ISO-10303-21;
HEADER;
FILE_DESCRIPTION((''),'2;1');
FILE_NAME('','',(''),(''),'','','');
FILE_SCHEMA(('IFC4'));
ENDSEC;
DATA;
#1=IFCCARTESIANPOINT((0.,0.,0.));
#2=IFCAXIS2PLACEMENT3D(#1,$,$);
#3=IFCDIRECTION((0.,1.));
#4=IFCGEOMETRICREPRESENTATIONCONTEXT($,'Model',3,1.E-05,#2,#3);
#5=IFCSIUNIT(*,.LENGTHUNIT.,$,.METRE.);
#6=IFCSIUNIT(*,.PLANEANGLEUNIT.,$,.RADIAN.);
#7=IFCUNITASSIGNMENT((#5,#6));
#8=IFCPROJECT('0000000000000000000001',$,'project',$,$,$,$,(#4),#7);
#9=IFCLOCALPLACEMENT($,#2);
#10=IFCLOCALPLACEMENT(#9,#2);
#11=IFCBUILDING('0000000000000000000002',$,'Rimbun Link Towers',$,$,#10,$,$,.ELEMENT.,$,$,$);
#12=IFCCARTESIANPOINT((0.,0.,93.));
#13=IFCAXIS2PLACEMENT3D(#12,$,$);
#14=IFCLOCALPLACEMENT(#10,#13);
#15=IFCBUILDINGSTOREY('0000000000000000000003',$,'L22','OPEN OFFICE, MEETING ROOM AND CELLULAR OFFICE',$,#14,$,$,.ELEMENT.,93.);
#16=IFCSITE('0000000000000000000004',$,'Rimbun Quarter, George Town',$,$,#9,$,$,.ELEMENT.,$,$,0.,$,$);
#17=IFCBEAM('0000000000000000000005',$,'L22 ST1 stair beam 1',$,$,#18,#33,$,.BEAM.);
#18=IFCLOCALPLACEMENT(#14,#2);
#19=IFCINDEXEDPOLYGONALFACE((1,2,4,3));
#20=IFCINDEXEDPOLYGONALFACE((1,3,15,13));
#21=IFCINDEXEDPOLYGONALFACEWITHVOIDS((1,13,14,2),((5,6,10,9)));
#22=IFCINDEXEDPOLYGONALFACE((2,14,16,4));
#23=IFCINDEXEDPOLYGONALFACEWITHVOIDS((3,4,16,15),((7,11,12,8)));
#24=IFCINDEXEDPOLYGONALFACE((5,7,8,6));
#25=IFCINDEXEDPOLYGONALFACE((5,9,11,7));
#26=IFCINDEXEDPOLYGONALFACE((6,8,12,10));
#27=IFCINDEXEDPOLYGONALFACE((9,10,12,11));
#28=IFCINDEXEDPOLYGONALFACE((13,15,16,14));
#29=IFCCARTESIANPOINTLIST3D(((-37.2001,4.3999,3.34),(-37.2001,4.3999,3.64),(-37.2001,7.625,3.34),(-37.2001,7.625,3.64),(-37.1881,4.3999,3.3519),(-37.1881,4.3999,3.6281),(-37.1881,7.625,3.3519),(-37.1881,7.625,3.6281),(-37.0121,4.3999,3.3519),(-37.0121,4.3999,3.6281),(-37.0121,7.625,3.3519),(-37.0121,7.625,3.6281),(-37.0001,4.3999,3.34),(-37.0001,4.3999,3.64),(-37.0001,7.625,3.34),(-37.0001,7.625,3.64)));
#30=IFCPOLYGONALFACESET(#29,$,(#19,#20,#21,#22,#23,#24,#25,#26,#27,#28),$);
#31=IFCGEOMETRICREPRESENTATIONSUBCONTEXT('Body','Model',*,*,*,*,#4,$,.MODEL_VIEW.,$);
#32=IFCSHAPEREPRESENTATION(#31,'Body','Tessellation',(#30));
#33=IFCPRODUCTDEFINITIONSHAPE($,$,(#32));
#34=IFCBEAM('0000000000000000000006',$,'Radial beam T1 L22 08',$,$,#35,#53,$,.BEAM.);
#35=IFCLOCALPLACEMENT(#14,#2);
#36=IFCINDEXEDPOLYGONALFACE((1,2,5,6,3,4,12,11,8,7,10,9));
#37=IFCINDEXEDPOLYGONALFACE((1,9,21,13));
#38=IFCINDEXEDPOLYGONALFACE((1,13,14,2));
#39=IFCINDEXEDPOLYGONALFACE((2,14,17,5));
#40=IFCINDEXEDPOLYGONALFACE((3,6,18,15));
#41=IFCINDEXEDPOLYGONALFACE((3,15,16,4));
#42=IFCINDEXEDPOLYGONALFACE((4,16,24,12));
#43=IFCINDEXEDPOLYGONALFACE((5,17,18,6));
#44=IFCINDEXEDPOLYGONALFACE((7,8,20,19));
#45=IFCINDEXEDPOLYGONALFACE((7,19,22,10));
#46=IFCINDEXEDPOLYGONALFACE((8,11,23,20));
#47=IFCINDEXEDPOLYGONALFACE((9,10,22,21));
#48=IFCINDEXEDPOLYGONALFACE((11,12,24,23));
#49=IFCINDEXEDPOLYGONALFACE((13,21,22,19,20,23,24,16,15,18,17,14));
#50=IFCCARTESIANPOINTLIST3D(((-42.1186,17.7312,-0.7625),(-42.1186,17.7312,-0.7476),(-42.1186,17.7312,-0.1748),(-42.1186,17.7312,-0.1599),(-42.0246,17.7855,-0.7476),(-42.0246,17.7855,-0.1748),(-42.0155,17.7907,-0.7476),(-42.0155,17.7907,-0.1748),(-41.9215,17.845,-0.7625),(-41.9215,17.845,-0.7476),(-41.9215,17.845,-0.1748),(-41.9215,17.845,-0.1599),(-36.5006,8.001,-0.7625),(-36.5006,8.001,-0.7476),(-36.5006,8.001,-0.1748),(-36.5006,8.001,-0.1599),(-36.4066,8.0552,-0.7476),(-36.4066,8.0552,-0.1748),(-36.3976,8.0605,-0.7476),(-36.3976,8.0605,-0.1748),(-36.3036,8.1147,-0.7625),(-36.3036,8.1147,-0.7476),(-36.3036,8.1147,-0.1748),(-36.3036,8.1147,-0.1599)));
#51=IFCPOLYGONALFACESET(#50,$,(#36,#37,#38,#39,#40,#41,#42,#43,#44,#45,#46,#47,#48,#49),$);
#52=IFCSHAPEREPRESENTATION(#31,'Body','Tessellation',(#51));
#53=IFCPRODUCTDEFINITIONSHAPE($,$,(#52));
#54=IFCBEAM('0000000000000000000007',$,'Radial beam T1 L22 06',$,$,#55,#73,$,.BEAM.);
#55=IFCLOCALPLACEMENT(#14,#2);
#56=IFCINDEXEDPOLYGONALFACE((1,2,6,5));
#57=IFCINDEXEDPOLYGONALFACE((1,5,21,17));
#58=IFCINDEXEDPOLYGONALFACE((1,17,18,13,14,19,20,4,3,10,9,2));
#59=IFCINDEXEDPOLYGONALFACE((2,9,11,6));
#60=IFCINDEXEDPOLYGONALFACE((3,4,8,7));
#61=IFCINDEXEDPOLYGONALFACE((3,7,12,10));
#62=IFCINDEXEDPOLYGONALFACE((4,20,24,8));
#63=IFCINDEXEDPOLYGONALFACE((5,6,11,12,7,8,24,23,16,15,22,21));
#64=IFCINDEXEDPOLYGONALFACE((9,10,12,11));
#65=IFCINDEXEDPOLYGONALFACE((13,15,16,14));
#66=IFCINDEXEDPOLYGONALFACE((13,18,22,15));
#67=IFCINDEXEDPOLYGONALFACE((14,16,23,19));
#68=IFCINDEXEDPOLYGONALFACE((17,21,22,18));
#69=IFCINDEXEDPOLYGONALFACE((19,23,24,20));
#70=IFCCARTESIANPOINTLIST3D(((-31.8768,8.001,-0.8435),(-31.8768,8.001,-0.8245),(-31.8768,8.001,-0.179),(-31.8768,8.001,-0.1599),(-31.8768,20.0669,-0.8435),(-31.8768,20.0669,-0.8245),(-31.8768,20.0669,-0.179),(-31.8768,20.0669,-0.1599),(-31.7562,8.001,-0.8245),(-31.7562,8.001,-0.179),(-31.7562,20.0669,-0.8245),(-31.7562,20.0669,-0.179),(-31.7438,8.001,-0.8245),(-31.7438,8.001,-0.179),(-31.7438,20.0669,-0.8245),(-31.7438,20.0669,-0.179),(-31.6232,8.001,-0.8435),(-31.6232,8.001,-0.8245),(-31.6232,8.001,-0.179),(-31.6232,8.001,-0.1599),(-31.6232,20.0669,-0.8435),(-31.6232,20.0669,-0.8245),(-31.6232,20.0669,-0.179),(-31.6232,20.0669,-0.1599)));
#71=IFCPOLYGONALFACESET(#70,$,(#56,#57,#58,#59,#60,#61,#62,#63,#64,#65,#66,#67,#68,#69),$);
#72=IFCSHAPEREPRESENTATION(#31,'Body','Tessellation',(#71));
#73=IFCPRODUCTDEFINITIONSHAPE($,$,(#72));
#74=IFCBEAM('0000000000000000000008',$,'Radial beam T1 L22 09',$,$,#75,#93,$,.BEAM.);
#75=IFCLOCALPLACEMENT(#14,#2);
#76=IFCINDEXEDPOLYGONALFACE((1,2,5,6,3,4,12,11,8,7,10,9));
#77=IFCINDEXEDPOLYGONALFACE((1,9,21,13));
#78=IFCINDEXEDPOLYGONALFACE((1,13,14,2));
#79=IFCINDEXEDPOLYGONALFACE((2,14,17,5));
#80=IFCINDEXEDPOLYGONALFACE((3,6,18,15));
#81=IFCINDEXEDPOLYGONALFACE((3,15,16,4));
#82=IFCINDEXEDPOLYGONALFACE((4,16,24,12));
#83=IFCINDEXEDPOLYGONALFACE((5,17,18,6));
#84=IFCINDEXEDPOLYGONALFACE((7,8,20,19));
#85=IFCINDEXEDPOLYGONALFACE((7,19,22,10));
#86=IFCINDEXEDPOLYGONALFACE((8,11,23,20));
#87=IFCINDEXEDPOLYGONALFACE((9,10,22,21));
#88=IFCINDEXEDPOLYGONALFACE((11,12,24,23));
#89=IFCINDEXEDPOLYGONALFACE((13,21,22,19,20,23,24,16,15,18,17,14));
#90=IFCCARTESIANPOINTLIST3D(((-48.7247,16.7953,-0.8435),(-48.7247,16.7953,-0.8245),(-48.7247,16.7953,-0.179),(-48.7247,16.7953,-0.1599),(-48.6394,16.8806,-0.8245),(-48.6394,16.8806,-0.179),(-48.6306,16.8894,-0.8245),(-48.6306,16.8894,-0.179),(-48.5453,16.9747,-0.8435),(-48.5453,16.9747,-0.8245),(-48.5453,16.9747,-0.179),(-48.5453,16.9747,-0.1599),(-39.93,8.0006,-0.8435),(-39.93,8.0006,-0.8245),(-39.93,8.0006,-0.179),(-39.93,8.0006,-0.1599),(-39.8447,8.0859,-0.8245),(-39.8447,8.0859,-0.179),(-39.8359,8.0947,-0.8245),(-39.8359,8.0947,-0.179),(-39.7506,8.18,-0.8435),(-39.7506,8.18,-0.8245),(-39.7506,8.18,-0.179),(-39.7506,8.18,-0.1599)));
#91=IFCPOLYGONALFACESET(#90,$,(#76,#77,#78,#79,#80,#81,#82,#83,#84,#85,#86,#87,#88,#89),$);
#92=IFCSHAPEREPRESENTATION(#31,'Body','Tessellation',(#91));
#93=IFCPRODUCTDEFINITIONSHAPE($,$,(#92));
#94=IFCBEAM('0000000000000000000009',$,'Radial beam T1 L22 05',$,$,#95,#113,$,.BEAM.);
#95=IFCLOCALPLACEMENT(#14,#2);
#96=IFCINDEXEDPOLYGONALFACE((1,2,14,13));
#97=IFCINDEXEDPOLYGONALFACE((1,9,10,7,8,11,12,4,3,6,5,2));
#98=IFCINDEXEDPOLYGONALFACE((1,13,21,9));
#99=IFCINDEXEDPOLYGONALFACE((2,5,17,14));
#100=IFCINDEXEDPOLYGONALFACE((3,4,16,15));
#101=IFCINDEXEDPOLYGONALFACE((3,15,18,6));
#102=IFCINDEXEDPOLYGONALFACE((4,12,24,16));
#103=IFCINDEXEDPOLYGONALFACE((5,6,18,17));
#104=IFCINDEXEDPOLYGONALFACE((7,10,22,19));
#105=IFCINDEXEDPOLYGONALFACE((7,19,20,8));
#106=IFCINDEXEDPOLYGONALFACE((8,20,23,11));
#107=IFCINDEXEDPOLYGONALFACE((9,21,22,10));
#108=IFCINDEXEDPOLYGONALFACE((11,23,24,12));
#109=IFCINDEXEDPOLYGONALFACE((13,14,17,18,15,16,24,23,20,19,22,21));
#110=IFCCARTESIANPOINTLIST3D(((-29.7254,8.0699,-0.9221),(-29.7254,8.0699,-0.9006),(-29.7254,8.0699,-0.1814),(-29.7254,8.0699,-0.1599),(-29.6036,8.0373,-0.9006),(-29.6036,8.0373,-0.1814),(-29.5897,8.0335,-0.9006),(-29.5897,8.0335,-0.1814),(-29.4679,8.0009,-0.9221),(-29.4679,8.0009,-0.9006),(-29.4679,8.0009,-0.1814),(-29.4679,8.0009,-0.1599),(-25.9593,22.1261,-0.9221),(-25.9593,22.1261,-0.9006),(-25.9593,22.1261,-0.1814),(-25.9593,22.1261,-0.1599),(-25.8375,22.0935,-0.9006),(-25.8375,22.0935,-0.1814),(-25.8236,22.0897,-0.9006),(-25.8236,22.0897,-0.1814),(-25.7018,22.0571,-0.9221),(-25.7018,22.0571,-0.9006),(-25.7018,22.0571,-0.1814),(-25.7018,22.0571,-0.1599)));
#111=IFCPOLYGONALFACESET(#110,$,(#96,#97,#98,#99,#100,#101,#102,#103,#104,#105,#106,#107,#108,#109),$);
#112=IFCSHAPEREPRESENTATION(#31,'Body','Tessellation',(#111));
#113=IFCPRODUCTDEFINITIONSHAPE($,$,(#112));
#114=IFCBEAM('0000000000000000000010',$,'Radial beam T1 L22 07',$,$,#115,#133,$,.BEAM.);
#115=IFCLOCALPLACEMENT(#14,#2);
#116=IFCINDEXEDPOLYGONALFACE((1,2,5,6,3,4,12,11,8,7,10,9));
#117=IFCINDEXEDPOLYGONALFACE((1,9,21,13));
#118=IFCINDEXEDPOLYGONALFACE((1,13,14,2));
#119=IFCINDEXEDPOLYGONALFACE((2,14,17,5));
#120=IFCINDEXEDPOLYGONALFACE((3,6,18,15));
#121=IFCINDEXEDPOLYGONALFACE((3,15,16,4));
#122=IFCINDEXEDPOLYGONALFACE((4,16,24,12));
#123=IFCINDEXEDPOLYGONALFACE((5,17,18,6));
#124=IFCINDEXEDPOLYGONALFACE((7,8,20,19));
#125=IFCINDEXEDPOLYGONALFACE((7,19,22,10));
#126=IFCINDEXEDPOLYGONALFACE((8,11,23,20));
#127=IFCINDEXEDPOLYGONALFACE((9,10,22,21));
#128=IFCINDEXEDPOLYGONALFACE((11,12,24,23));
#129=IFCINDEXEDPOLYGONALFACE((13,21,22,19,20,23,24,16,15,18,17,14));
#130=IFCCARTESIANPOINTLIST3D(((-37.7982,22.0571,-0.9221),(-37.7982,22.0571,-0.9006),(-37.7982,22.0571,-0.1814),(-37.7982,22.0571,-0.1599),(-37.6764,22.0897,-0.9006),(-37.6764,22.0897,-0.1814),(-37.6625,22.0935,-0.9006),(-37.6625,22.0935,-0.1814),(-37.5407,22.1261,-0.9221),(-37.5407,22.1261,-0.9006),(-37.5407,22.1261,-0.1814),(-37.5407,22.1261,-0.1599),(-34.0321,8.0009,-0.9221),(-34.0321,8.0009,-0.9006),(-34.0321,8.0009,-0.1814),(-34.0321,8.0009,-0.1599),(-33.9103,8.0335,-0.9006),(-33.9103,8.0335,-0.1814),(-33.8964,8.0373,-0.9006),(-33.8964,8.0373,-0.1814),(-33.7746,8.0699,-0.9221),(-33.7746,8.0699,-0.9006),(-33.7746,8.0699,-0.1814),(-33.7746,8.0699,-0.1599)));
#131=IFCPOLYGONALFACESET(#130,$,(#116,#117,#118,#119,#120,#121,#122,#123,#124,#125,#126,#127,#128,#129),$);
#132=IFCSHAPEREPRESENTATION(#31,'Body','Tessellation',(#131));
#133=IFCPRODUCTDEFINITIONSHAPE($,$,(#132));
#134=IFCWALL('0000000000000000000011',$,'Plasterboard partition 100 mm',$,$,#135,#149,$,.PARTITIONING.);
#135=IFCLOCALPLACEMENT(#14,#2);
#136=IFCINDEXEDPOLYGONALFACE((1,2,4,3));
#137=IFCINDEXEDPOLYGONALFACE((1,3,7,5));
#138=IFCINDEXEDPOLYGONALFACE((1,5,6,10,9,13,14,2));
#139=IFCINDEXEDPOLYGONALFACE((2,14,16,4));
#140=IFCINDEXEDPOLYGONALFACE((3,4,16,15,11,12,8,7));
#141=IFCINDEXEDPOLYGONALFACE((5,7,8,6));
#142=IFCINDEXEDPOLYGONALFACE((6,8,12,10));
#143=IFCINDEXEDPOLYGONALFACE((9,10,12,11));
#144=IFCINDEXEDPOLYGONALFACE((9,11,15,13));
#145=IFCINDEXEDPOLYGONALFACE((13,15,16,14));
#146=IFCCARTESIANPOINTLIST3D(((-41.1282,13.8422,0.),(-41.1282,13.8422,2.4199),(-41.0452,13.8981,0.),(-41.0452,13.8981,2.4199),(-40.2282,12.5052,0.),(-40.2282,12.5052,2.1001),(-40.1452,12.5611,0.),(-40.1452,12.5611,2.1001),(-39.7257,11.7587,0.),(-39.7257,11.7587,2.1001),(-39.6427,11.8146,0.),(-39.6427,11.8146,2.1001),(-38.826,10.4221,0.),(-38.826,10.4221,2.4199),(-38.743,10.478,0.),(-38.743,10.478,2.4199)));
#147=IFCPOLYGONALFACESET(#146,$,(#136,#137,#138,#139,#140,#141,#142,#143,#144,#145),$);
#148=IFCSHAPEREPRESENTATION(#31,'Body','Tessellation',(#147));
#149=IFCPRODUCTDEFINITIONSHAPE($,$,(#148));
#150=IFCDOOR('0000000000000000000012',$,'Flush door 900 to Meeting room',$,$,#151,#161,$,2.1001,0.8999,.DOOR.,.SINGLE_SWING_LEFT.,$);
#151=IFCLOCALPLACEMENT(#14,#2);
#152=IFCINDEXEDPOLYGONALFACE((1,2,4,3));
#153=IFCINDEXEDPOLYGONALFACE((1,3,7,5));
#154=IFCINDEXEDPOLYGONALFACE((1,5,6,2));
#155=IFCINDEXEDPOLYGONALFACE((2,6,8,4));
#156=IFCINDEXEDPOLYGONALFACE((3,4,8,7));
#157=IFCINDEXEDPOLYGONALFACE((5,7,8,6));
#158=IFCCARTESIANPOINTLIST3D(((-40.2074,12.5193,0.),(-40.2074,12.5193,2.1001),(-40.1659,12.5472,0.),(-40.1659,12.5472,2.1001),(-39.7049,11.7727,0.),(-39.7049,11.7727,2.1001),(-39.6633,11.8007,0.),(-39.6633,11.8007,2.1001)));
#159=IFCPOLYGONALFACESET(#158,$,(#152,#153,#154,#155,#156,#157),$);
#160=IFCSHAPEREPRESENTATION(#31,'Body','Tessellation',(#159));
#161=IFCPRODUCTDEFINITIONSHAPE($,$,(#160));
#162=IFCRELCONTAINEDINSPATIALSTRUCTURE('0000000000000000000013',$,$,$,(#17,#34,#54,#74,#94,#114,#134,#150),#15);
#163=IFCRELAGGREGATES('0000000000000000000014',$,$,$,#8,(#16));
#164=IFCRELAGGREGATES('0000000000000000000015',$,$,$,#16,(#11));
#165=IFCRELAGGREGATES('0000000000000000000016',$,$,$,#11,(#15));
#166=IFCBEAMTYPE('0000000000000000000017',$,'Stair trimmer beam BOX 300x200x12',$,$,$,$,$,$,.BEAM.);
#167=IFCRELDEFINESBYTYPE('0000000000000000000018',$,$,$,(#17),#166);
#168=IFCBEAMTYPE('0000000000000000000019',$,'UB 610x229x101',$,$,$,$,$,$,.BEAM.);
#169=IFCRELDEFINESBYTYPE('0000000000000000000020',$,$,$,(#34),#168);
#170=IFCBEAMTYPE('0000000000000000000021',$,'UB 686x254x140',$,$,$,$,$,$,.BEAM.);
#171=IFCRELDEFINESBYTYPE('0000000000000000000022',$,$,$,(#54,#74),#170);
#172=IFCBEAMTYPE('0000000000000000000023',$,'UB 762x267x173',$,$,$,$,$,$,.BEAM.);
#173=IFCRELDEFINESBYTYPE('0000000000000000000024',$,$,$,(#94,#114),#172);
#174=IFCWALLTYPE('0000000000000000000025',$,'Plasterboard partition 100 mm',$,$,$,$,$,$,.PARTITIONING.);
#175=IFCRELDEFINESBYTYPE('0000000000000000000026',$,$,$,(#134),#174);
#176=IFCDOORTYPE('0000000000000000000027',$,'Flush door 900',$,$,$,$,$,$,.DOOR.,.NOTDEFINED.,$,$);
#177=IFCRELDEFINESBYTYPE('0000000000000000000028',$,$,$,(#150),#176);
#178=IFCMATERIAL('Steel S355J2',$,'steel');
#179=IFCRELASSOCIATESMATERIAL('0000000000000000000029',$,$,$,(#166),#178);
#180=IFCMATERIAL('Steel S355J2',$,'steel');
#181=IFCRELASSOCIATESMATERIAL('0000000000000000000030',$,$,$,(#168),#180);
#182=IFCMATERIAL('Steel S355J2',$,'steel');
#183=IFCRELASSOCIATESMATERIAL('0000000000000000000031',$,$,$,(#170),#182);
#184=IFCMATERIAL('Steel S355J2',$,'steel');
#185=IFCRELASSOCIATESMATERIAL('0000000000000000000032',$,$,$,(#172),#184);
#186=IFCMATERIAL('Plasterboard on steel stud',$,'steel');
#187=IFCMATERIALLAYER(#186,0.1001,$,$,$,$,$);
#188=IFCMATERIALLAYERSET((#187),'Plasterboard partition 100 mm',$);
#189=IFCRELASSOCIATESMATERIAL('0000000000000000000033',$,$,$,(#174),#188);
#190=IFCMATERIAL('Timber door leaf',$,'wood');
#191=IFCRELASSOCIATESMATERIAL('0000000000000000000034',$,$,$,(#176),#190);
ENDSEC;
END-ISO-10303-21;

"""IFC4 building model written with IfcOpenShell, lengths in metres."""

from ifc_helpers import new_model, si_unit, direction, frame, frame_2d, origin, origin_2d, place, context, subcontext, project, spatial, rectangle, hollow_rectangle, i_section, extrude, material, layer, layer_set, material_profile, profile_set, type_object, element, fill, save


model = new_model("IFC4")

# Units and contexts
model_context = context("Model", 3, precision=1e-05, world=origin(), true_north=direction((0.0, 1.0)))
body_context = subcontext(model_context, "Body", "Model", "MODEL_VIEW")
ifc_project = project(units=[si_unit("LENGTHUNIT", "METRE"), si_unit("PLANEANGLEUNIT", "RADIAN")], contexts=[model_context])

# Site, building, storey
site_placement = place(None, origin())
site = spatial("IfcSite", under=ifc_project, at=site_placement, Name="Rimbun Quarter, George Town", CompositionType="ELEMENT", RefElevation=0.0)
building_placement = place(site_placement, origin())
building = spatial("IfcBuilding", under=site, at=building_placement, Name="Rimbun Link Towers", CompositionType="ELEMENT")
storey_placement = place(building_placement, frame((0.0, 0.0, 93.0)))
storey = spatial("IfcBuildingStorey", under=building, at=storey_placement, Name="L22", Description="OPEN OFFICE, MEETING ROOM AND CELLULAR OFFICE", CompositionType="ELEMENT", Elevation=93.0)

# Beams
ifc_material_1 = material(Name="Steel S355J2", Category="steel")
ifc_material_profile_1 = material_profile(ifc_material_1, hollow_rectangle(XDim=0.2, YDim=0.3, WallThickness=0.012, at=origin_2d()), Name="BOX 300x200x12")
ifc_profile_set_1 = profile_set([ifc_material_profile_1], Name="Steel S355J2")
beam_type_1 = type_object("IfcBeamType", Name="Stair trimmer beam BOX 300x200x12", PredefinedType="BEAM", material=ifc_profile_set_1)
beam_1_placement = place(storey_placement, frame((-37.1001, 7.625, 3.49), z_axis=(0.0, -1.0, 0.0), x_axis=(1.0, 0.0, 0.0)))
element("IfcBeam", 1, at=beam_1_placement, inside=storey, type_object=beam_type_1, Name="L22 ST1 stair beam 1", PredefinedType="BEAM", context=body_context, shape_type="SweptSolid", body=[
    extrude(hollow_rectangle(XDim=0.2, YDim=0.3, WallThickness=0.012, at=origin_2d()), origin(), (0.0, 0.0, 1.0), 3.2251),
])
ifc_material_2 = material(Name="Steel S355J2", Category="steel")
ifc_material_profile_2 = material_profile(ifc_material_2, i_section(OverallWidth=0.2275, OverallDepth=0.6025, WebThickness=0.0105, FlangeThickness=0.0149, at=origin_2d()), Name="UB 610x229x101")
ifc_profile_set_2 = profile_set([ifc_material_profile_2], Name="Steel S355J2")
beam_type_2 = type_object("IfcBeamType", Name="UB 610x229x101", PredefinedType="BEAM", material=ifc_profile_set_2)
beam_2_placement = place(storey_placement, frame((-36.4021, 8.0579, -0.4612), z_axis=(-0.500011, 0.866019, 0.0), x_axis=(-0.866019, -0.500011, 0.0)))
element("IfcBeam", 2, at=beam_2_placement, inside=storey, type_object=beam_type_2, Name="Radial beam T1 L22 08", PredefinedType="BEAM", context=body_context, shape_type="SweptSolid", body=[
    extrude(i_section(OverallWidth=0.2275, OverallDepth=0.6025, WebThickness=0.0105, FlangeThickness=0.0149, at=origin_2d()), origin(), (0.0, 0.0, 1.0), 11.2356),
])
ifc_material_3 = material(Name="Steel S355J2", Category="steel")
ifc_material_profile_3 = material_profile(ifc_material_3, i_section(OverallWidth=0.2537, OverallDepth=0.6836, WebThickness=0.0125, FlangeThickness=0.019, at=origin_2d()), Name="UB 686x254x140")
ifc_profile_set_3 = profile_set([ifc_material_profile_3], Name="Steel S355J2")
beam_type_3 = type_object("IfcBeamType", Name="UB 686x254x140", PredefinedType="BEAM", material=ifc_profile_set_3)
beam_3_placement = place(storey_placement, frame((-31.75, 8.001, -0.5017), z_axis=(0.0, 1.0, 0.0), x_axis=(-1.0, 0.0, 0.0)))
element("IfcBeam", 3, at=beam_3_placement, inside=storey, type_object=beam_type_3, Name="Radial beam T1 L22 06", PredefinedType="BEAM", context=body_context, shape_type="SweptSolid", body=[
    extrude(i_section(OverallWidth=0.2537, OverallDepth=0.6836, WebThickness=0.0125, FlangeThickness=0.019, at=origin_2d()), origin(), (0.0, 0.0, 1.0), 12.0659),
])
beam_4_placement = place(storey_placement, frame((-39.8403, 8.0903, -0.5017), z_axis=(-0.707107, 0.707107, 0.0), x_axis=(-0.707107, -0.707107, 0.0)))
element("IfcBeam", 4, at=beam_4_placement, inside=storey, type_object=beam_type_3, Name="Radial beam T1 L22 09", PredefinedType="BEAM", context=body_context, shape_type="SweptSolid", body=[
    extrude(i_section(OverallWidth=0.2537, OverallDepth=0.6836, WebThickness=0.0125, FlangeThickness=0.019, at=origin_2d()), origin(), (0.0, 0.0, 1.0), 12.4375),
])
ifc_material_4 = material(Name="Steel S355J2", Category="steel")
ifc_material_profile_4 = material_profile(ifc_material_4, i_section(OverallWidth=0.2666, OverallDepth=0.7622, WebThickness=0.0144, FlangeThickness=0.0215, at=origin_2d()), Name="UB 762x267x173")
ifc_profile_set_4 = profile_set([ifc_material_profile_4], Name="Steel S355J2")
beam_type_4 = type_object("IfcBeamType", Name="UB 762x267x173", PredefinedType="BEAM", material=ifc_profile_set_4)
for number, where, z_axis, x_axis, name in (
    (5, (-29.5967, 8.0354, -0.541), (0.258805, 0.96593, 0.0), (-0.96593, 0.258805, 0.0), "Radial beam T1 L22 05"),
    (6, (-33.9033, 8.0354, -0.541), (-0.258805, 0.96593, 0.0), (-0.96593, -0.258805, 0.0), "Radial beam T1 L22 07"),
):
    element("IfcBeam", number, at=place(storey_placement, frame(where, z_axis=z_axis, x_axis=x_axis)), inside=storey, type_object=beam_type_4, Name=name, PredefinedType="BEAM", context=body_context, shape_type="SweptSolid", body=[
        extrude(i_section(OverallWidth=0.2666, OverallDepth=0.7622, WebThickness=0.0144, FlangeThickness=0.0215, at=origin_2d()), origin(), (0.0, 0.0, 1.0), 14.552),
    ])

# Wall, opening, door
ifc_material_5 = material(Name="Plasterboard on steel stud", Category="steel")
ifc_layer_1 = layer(ifc_material_5, 0.1001)
ifc_layer_set_1 = layer_set([ifc_layer_1], Name="Plasterboard partition 100 mm")
wall_type_1 = type_object("IfcWallType", Name="Plasterboard partition 100 mm", PredefinedType="PARTITIONING", material=ifc_layer_set_1)
wall_1_placement = place(storey_placement, frame((-38.7844, 10.45, 0.0), z_axis=(0.0, 0.0, 1.0), x_axis=(-0.558412, 0.829564, 0.0)))
wall_1 = element("IfcWall", 7, at=wall_1_placement, inside=storey, type_object=wall_type_1, Name="Plasterboard partition 100 mm", PredefinedType="PARTITIONING", context=body_context, shape_type="SweptSolid", body=[
    extrude(rectangle(XDim=4.1228, YDim=0.1001, at=frame_2d((2.0615, 0.0))), origin(), (0.0, 0.0, 1.0), 2.4199),
])
opening_1_placement = place(wall_1_placement, frame((1.6113, 0.0, 0.0)))
opening_1 = element("IfcOpeningElement", 8, at=opening_1_placement, cuts=wall_1, PredefinedType="OPENING", context=body_context, shape_type="SweptSolid", body=[
    extrude(rectangle(XDim=0.8999, YDim=2.1001, at=frame_2d((0.45, 1.05))), frame((0.0, 0.0601, 0.0), z_axis=(0.0, -1.0, 0.0), x_axis=(1.0, 0.0, 0.0)), (0.0, 0.0, 1.0), 0.1201),
])
ifc_material_6 = material(Name="Timber door leaf", Category="wood")
door_type_1 = type_object("IfcDoorType", Name="Flush door 900", OperationType="NOTDEFINED", PredefinedType="DOOR", material=ifc_material_6)
door_1_placement = place(opening_1_placement, origin())
door_1 = element("IfcDoor", 9, at=door_1_placement, inside=storey, type_object=door_type_1, Name="Flush door 900 to Meeting room", OperationType="SINGLE_SWING_LEFT", OverallHeight=2.1001, OverallWidth=0.8999, PredefinedType="DOOR", context=body_context, shape_type="SweptSolid", body=[
    extrude(rectangle(XDim=0.8999, YDim=2.1001, at=frame_2d((0.45, 1.05))), frame((0.0, 0.0249, 0.0), z_axis=(0.0, -1.0, 0.0), x_axis=(1.0, 0.0, 0.0)), (0.0, 0.0, 1.0), 0.05),
])
fill(opening_1, door_1)

save(model, "model.ifc")
